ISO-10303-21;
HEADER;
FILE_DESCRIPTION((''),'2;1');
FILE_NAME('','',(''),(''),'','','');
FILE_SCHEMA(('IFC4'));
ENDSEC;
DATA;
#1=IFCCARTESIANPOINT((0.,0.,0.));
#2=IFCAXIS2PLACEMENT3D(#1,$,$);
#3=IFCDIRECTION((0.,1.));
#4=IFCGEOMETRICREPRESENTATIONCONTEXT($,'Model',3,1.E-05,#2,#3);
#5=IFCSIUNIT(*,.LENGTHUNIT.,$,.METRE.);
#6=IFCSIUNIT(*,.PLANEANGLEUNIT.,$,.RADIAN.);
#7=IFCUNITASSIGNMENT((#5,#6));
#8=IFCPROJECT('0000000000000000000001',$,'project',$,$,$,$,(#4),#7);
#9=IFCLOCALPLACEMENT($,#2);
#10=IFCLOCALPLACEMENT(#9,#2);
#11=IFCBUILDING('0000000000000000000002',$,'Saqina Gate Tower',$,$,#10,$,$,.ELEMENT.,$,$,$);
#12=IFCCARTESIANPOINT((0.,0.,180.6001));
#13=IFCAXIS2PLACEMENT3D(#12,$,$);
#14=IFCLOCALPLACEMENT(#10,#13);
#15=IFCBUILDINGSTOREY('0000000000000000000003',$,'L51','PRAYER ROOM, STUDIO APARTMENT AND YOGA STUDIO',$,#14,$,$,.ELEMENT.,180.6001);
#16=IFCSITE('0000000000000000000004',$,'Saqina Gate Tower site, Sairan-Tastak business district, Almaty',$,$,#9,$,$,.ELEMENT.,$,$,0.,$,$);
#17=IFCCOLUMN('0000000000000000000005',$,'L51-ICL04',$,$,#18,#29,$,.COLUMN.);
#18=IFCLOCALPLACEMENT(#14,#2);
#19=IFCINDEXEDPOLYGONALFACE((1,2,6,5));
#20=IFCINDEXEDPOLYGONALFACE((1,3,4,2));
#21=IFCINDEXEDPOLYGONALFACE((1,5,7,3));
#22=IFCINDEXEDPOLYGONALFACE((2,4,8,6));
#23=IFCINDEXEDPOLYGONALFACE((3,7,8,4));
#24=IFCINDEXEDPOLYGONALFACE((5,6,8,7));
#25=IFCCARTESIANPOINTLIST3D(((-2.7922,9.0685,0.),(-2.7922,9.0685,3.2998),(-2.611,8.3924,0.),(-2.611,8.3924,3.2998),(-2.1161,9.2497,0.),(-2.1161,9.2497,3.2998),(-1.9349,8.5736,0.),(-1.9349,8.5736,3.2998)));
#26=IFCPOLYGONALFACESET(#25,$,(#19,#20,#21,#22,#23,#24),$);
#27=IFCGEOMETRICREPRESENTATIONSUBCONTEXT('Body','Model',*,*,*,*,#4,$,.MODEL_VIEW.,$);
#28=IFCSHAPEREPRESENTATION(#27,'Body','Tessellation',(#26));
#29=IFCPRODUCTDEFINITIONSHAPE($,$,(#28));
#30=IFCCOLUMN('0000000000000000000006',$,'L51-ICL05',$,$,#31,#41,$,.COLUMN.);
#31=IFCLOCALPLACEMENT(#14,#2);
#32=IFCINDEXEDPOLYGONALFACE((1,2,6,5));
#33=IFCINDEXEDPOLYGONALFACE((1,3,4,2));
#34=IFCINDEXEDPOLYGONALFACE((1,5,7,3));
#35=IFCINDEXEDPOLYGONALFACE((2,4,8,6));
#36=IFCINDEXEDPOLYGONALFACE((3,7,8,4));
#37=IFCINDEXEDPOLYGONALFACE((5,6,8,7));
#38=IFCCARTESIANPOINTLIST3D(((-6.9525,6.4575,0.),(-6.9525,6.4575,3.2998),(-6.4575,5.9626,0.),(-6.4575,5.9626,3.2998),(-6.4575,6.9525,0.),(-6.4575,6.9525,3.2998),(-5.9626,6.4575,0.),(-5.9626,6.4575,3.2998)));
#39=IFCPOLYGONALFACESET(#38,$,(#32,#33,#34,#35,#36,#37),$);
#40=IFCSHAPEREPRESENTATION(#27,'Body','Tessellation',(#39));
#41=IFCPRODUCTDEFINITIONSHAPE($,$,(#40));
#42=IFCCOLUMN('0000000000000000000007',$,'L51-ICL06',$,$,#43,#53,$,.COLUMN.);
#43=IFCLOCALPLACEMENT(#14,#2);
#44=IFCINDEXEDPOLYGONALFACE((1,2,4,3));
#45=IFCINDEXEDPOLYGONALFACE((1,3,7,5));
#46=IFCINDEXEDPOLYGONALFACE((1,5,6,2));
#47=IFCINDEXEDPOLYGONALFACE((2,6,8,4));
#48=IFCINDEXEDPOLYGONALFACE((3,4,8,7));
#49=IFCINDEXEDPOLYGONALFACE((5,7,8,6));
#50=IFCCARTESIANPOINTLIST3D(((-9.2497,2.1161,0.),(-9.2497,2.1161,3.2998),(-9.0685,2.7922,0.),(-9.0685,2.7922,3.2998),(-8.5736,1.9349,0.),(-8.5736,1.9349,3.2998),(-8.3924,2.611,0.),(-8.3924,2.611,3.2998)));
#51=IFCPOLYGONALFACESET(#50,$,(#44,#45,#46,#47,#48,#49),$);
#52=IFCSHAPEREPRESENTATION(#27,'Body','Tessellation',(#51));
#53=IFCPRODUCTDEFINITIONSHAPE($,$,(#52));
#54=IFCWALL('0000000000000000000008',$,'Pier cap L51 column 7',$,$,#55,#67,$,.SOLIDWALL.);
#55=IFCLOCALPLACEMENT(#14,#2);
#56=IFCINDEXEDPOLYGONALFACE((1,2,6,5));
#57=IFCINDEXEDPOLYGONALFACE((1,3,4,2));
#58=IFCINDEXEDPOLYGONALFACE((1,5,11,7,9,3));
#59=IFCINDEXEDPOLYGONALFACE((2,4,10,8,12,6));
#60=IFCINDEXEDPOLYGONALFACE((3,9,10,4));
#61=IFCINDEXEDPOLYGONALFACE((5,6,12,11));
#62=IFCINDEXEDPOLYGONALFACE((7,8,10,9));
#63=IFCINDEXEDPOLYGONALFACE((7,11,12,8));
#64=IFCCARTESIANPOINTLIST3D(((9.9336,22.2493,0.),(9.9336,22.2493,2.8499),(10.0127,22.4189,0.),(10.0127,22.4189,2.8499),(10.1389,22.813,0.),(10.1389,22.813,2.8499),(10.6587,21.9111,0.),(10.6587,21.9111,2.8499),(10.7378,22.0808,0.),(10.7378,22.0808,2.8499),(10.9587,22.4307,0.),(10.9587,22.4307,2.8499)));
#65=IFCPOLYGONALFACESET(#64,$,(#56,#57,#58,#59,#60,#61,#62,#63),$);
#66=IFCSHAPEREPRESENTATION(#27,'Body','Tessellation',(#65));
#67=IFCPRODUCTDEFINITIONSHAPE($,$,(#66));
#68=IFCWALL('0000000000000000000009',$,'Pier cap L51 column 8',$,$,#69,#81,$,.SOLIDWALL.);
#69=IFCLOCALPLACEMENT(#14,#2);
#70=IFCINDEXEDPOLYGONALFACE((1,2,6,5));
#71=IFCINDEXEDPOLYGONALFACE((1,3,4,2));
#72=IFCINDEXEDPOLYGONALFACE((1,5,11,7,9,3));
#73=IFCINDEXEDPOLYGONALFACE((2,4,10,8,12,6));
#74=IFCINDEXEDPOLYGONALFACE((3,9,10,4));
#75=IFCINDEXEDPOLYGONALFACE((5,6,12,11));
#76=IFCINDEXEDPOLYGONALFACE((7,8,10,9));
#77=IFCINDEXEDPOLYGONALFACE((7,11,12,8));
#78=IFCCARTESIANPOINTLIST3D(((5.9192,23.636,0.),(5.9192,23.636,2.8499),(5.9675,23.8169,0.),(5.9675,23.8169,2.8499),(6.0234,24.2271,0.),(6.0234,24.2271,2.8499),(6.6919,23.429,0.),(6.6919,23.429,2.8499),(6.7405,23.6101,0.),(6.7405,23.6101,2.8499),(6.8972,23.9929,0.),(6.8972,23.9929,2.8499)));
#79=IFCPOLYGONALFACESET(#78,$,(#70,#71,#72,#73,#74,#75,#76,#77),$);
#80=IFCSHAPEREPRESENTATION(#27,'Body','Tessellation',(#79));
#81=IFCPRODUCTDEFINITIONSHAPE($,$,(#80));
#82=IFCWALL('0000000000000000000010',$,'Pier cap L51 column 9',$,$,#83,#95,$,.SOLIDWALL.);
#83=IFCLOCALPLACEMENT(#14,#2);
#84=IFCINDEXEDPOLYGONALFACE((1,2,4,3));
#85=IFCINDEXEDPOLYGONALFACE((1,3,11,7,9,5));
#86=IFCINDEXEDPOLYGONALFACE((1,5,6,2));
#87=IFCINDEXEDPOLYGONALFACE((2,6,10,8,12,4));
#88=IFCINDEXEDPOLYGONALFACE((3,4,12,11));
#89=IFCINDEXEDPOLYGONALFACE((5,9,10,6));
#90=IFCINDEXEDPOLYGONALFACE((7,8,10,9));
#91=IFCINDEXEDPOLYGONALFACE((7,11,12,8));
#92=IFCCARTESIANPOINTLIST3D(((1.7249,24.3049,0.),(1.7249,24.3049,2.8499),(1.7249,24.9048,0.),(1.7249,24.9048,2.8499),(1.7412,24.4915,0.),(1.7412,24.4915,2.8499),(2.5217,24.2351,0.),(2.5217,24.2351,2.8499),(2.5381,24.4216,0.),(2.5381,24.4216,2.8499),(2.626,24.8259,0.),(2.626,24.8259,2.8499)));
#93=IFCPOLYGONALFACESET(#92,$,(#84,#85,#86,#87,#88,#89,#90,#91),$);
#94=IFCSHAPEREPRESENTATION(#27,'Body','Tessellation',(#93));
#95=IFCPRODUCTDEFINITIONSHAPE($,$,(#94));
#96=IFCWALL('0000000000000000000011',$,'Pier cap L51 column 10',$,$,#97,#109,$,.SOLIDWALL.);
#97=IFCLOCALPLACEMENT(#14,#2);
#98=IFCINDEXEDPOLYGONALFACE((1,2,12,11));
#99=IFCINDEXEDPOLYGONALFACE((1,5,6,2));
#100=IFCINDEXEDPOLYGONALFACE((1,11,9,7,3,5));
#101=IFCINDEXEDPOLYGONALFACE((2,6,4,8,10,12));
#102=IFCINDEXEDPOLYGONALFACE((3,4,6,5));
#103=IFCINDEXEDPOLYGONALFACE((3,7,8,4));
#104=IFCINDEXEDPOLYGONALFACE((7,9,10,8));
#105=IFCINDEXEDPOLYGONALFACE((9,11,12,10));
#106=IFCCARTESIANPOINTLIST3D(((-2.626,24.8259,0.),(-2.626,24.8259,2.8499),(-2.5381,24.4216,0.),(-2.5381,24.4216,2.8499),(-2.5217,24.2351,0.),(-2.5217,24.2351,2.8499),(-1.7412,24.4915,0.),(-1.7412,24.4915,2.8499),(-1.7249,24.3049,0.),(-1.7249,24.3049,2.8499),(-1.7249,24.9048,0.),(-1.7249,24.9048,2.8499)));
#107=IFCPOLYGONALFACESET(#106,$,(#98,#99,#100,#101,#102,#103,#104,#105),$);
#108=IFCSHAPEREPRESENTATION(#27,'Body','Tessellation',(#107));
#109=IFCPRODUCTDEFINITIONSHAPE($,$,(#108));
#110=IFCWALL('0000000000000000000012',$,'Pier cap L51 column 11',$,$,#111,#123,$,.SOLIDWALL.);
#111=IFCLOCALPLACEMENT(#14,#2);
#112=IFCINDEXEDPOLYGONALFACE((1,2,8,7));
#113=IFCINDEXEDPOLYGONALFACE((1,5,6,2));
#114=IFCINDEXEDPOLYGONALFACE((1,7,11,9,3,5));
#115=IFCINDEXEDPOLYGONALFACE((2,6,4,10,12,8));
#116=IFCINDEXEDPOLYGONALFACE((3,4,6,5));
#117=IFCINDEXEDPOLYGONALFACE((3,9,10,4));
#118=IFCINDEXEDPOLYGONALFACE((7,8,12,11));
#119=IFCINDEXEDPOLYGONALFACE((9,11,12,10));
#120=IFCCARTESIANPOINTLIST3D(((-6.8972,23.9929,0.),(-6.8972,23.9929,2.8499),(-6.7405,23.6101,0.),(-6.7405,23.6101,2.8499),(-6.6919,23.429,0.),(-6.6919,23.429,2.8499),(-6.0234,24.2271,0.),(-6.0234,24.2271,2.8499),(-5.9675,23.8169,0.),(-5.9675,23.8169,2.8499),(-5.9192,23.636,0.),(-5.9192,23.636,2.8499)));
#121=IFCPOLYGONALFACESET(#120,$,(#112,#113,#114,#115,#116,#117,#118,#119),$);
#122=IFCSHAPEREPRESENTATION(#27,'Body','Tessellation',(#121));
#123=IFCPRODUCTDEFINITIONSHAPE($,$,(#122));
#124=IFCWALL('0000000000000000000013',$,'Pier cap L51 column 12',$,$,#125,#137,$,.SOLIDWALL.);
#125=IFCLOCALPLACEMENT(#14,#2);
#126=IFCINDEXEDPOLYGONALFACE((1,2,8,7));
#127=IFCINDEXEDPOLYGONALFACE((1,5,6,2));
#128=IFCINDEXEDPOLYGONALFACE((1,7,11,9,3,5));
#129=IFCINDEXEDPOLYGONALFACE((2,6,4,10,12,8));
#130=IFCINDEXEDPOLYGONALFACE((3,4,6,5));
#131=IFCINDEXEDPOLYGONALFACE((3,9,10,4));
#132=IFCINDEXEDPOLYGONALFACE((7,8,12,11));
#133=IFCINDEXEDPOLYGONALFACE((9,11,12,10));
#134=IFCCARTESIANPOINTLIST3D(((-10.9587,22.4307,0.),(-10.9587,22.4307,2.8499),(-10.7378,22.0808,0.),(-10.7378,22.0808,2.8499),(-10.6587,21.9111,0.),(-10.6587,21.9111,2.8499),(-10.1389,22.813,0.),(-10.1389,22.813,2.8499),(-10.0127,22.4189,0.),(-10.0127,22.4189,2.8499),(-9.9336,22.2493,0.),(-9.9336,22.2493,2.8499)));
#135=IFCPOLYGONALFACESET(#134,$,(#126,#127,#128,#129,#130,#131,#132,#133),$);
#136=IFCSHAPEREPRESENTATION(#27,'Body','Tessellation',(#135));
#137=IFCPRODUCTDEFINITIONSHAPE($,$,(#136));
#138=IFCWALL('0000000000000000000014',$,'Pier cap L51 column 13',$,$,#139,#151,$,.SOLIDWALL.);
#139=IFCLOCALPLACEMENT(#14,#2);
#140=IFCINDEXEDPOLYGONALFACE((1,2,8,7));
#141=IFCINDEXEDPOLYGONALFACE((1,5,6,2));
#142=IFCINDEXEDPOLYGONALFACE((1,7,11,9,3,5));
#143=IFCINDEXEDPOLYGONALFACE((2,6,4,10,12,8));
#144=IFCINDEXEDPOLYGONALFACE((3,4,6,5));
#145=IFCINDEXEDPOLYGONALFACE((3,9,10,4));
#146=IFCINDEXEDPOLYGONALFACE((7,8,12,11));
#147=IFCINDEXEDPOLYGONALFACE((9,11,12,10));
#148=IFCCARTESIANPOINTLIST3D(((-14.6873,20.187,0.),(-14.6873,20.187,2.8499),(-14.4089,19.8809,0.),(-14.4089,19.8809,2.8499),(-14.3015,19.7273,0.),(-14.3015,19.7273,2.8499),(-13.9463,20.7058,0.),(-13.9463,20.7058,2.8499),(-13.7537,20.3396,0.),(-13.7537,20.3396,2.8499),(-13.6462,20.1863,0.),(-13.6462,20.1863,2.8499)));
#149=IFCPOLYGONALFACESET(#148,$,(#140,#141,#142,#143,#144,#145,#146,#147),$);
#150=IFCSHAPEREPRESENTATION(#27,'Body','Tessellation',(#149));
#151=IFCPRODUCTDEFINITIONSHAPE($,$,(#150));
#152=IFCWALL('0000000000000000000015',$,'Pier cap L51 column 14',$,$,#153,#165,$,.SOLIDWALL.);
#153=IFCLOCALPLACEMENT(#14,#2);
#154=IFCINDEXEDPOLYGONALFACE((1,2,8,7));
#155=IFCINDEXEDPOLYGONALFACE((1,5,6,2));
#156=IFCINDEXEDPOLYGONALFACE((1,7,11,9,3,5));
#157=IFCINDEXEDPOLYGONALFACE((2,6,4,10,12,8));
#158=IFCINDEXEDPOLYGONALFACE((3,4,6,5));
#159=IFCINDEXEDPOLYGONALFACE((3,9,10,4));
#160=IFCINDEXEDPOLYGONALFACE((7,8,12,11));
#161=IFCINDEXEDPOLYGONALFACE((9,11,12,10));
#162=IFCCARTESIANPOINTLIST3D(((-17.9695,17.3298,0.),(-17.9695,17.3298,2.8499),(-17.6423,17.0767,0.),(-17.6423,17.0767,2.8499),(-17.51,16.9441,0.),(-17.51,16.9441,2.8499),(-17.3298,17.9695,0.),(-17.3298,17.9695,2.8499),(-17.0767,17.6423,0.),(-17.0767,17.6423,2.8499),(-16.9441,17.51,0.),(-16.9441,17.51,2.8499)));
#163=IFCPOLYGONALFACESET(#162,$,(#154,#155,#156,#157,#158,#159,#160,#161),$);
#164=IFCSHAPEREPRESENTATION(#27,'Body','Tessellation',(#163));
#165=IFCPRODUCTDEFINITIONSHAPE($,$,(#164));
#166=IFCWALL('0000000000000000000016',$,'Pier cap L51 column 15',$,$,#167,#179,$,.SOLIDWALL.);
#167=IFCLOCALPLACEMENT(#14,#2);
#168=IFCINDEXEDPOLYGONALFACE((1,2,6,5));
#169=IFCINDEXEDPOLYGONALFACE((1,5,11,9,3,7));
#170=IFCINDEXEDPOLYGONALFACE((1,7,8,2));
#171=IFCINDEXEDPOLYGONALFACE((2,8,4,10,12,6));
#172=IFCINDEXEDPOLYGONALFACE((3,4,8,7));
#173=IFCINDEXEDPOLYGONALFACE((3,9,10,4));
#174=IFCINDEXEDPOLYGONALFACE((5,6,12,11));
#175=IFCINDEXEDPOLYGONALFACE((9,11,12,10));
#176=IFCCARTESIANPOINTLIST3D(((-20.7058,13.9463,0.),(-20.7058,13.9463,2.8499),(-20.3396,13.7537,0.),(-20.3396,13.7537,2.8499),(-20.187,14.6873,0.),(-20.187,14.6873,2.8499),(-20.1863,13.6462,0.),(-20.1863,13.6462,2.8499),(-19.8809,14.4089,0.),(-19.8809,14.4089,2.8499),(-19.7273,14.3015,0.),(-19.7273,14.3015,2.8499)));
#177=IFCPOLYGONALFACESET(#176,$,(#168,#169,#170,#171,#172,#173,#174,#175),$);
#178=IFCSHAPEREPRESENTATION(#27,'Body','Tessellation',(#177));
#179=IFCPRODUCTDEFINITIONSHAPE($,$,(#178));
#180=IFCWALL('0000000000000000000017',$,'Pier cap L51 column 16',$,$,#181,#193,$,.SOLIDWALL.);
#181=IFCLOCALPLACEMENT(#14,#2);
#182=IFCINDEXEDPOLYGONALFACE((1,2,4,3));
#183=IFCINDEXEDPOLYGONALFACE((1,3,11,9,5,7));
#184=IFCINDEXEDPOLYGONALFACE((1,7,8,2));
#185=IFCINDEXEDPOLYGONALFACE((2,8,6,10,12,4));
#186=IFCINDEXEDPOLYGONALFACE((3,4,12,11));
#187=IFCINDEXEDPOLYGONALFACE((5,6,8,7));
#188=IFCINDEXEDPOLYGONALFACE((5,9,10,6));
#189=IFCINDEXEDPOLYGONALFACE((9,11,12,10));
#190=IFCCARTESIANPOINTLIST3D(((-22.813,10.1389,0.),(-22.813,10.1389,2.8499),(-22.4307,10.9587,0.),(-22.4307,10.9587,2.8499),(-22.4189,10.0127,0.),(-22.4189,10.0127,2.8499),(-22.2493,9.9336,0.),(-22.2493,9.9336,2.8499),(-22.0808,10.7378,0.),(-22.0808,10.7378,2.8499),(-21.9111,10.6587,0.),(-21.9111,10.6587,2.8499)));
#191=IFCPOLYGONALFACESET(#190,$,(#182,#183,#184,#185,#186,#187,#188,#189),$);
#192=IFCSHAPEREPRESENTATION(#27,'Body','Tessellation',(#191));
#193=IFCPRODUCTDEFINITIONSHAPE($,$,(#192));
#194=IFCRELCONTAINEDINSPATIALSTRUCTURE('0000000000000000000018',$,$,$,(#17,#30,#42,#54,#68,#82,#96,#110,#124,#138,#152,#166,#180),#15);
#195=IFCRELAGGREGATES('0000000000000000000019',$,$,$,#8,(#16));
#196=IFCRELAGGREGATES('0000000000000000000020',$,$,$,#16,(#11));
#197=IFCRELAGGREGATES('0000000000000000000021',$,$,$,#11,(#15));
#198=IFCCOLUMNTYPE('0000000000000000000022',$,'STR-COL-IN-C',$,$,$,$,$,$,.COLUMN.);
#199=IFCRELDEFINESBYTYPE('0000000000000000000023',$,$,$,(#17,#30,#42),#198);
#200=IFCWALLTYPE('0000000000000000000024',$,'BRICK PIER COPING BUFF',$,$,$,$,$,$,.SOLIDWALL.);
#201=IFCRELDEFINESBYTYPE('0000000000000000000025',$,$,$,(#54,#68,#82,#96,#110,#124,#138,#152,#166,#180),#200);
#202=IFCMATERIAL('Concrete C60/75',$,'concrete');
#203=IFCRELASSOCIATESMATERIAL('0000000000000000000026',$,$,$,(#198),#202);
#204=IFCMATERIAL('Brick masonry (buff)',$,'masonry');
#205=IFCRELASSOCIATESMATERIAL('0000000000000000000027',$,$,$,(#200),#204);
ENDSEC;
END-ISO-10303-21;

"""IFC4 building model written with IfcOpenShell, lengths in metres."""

from ifc_helpers import new_model, si_unit, direction, frame, origin, origin_2d, place, context, subcontext, project, spatial, polyline, rectangle, outline, extrude, material, material_profile, profile_set, type_object, element, save


model = new_model("IFC4")

# Units and contexts
model_context = context("Model", 3, precision=1e-05, world=origin(), true_north=direction((0.0, 1.0)))
body_context = subcontext(model_context, "Body", "Model", "MODEL_VIEW")
ifc_project = project(units=[si_unit("LENGTHUNIT", "METRE"), si_unit("PLANEANGLEUNIT", "RADIAN")], contexts=[model_context])

# Site, building, storey
site_placement = place(None, origin())
site = spatial("IfcSite", under=ifc_project, at=site_placement, Name="Saqina Gate Tower site, Sairan-Tastak business district, Almaty", CompositionType="ELEMENT", RefElevation=0.0)
building_placement = place(site_placement, origin())
building = spatial("IfcBuilding", under=site, at=building_placement, Name="Saqina Gate Tower", CompositionType="ELEMENT")
storey_placement = place(building_placement, frame((0.0, 0.0, 180.6001)))
storey = spatial("IfcBuildingStorey", under=building, at=storey_placement, Name="L51", Description="PRAYER ROOM, STUDIO APARTMENT AND YOGA STUDIO", CompositionType="ELEMENT", Elevation=180.6001)

# Columns
ifc_material_1 = material(Name="Concrete C60/75", Category="concrete")
ifc_material_profile = material_profile(ifc_material_1, rectangle(XDim=0.7, YDim=0.7, at=origin_2d()), Name="RC 700x700")
ifc_profile_set = profile_set([ifc_material_profile], Name="Concrete C60/75")
column_type = type_object("IfcColumnType", Name="STR-COL-IN-C", PredefinedType="COLUMN", material=ifc_profile_set)
for number, where, z_axis, x_axis, name in (
    (1, (-2.3635, 8.821, 0.0), (0.0, 0.0, 1.0), (-0.258819, 0.965926, 0.0), "L51-ICL04"),
    (2, (-6.4575, 6.4575, 0.0), (0.0, 0.0, 1.0), (-0.707107, 0.707107, 0.0), "L51-ICL05"),
    (3, (-8.821, 2.3635, 0.0), (0.0, 0.0, 1.0), (-0.965926, 0.258819, 0.0), "L51-ICL06"),
):
    element("IfcColumn", number, at=place(storey_placement, frame(where, z_axis=z_axis, x_axis=x_axis)), inside=storey, type_object=column_type, Name=name, PredefinedType="COLUMN", context=body_context, shape_type="SweptSolid", body=[
        extrude(rectangle(XDim=0.7, YDim=0.7, at=origin_2d()), origin(), (0.0, 0.0, 1.0), 3.2998),
    ])

# Walls
ifc_material_2 = material(Name="Brick masonry (buff)", Category="masonry")
wall_type_1 = type_object("IfcWallType", Name="BRICK PIER COPING BUFF", PredefinedType="SOLIDWALL", material=ifc_material_2)
wall_1_placement = place(storey_placement, origin())
element("IfcWall", 4, at=wall_1_placement, inside=storey, type_object=wall_type_1, Name="Pier cap L51 column 7", PredefinedType="SOLIDWALL", context=body_context, shape_type="SweptSolid", body=[
    extrude(outline(polyline([(10.1389, 22.813), (9.9336, 22.2493), (10.0127, 22.4189), (10.7378, 22.0808), (10.6587, 21.9111), (10.9587, 22.4307), (10.1389, 22.813)])), origin(), (0.0, 0.0, 1.0), 2.8499),
])
wall_2_placement = place(storey_placement, origin())
element("IfcWall", 5, at=wall_2_placement, inside=storey, type_object=wall_type_1, Name="Pier cap L51 column 8", PredefinedType="SOLIDWALL", context=body_context, shape_type="SweptSolid", body=[
    extrude(outline(polyline([(6.0234, 24.2271), (5.9192, 23.636), (5.9675, 23.8169), (6.7405, 23.6101), (6.6919, 23.429), (6.8972, 23.9929), (6.0234, 24.2271)])), origin(), (0.0, 0.0, 1.0), 2.8499),
])
wall_3_placement = place(storey_placement, origin())
element("IfcWall", 6, at=wall_3_placement, inside=storey, type_object=wall_type_1, Name="Pier cap L51 column 9", PredefinedType="SOLIDWALL", context=body_context, shape_type="SweptSolid", body=[
    extrude(outline(polyline([(2.626, 24.8259), (1.7249, 24.9048), (1.7249, 24.3049), (1.7412, 24.4915), (2.5381, 24.4216), (2.5217, 24.2351), (2.626, 24.8259)])), origin(), (0.0, 0.0, 1.0), 2.8499),
])
wall_4_placement = place(storey_placement, origin())
element("IfcWall", 7, at=wall_4_placement, inside=storey, type_object=wall_type_1, Name="Pier cap L51 column 10", PredefinedType="SOLIDWALL", context=body_context, shape_type="SweptSolid", body=[
    extrude(outline(polyline([(-1.7249, 24.9048), (-2.626, 24.8259), (-2.5217, 24.2351), (-2.5381, 24.4216), (-1.7412, 24.4915), (-1.7249, 24.3049), (-1.7249, 24.9048)])), origin(), (0.0, 0.0, 1.0), 2.8499),
])
wall_5_placement = place(storey_placement, origin())
element("IfcWall", 8, at=wall_5_placement, inside=storey, type_object=wall_type_1, Name="Pier cap L51 column 11", PredefinedType="SOLIDWALL", context=body_context, shape_type="SweptSolid", body=[
    extrude(outline(polyline([(-6.0234, 24.2271), (-6.8972, 23.9929), (-6.6919, 23.429), (-6.7405, 23.6101), (-5.9675, 23.8169), (-5.9192, 23.636), (-6.0234, 24.2271)])), origin(), (0.0, 0.0, 1.0), 2.8499),
])
wall_6_placement = place(storey_placement, origin())
element("IfcWall", 9, at=wall_6_placement, inside=storey, type_object=wall_type_1, Name="Pier cap L51 column 12", PredefinedType="SOLIDWALL", context=body_context, shape_type="SweptSolid", body=[
    extrude(outline(polyline([(-10.9587, 22.4307), (-10.6587, 21.9111), (-10.7378, 22.0808), (-10.0127, 22.4189), (-9.9336, 22.2493), (-10.1389, 22.813), (-10.9587, 22.4307)])), origin(), (0.0, 0.0, 1.0), 2.8499),
])
wall_7_placement = place(storey_placement, origin())
element("IfcWall", 10, at=wall_7_placement, inside=storey, type_object=wall_type_1, Name="Pier cap L51 column 13", PredefinedType="SOLIDWALL", context=body_context, shape_type="SweptSolid", body=[
    extrude(outline(polyline([(-13.9463, 20.7058), (-14.6873, 20.187), (-14.3015, 19.7273), (-14.4089, 19.8809), (-13.7537, 20.3396), (-13.6462, 20.1863), (-13.9463, 20.7058)])), origin(), (0.0, 0.0, 1.0), 2.8499),
])
wall_8_placement = place(storey_placement, origin())
element("IfcWall", 11, at=wall_8_placement, inside=storey, type_object=wall_type_1, Name="Pier cap L51 column 14", PredefinedType="SOLIDWALL", context=body_context, shape_type="SweptSolid", body=[
    extrude(outline(polyline([(-17.9695, 17.3298), (-17.51, 16.9441), (-17.6423, 17.0767), (-17.0767, 17.6423), (-16.9441, 17.51), (-17.3298, 17.9695), (-17.9695, 17.3298)])), origin(), (0.0, 0.0, 1.0), 2.8499),
])
wall_9_placement = place(storey_placement, origin())
element("IfcWall", 12, at=wall_9_placement, inside=storey, type_object=wall_type_1, Name="Pier cap L51 column 15", PredefinedType="SOLIDWALL", context=body_context, shape_type="SweptSolid", body=[
    extrude(outline(polyline([(-20.187, 14.6873), (-20.7058, 13.9463), (-20.1863, 13.6462), (-20.3396, 13.7537), (-19.8809, 14.4089), (-19.7273, 14.3015), (-20.187, 14.6873)])), origin(), (0.0, 0.0, 1.0), 2.8499),
])
wall_10_placement = place(storey_placement, origin())
element("IfcWall", 13, at=wall_10_placement, inside=storey, type_object=wall_type_1, Name="Pier cap L51 column 16", PredefinedType="SOLIDWALL", context=body_context, shape_type="SweptSolid", body=[
    extrude(outline(polyline([(-22.813, 10.1389), (-22.2493, 9.9336), (-22.4189, 10.0127), (-22.0808, 10.7378), (-21.9111, 10.6587), (-22.4307, 10.9587), (-22.813, 10.1389)])), origin(), (0.0, 0.0, 1.0), 2.8499),
])

save(model, "model.ifc")
